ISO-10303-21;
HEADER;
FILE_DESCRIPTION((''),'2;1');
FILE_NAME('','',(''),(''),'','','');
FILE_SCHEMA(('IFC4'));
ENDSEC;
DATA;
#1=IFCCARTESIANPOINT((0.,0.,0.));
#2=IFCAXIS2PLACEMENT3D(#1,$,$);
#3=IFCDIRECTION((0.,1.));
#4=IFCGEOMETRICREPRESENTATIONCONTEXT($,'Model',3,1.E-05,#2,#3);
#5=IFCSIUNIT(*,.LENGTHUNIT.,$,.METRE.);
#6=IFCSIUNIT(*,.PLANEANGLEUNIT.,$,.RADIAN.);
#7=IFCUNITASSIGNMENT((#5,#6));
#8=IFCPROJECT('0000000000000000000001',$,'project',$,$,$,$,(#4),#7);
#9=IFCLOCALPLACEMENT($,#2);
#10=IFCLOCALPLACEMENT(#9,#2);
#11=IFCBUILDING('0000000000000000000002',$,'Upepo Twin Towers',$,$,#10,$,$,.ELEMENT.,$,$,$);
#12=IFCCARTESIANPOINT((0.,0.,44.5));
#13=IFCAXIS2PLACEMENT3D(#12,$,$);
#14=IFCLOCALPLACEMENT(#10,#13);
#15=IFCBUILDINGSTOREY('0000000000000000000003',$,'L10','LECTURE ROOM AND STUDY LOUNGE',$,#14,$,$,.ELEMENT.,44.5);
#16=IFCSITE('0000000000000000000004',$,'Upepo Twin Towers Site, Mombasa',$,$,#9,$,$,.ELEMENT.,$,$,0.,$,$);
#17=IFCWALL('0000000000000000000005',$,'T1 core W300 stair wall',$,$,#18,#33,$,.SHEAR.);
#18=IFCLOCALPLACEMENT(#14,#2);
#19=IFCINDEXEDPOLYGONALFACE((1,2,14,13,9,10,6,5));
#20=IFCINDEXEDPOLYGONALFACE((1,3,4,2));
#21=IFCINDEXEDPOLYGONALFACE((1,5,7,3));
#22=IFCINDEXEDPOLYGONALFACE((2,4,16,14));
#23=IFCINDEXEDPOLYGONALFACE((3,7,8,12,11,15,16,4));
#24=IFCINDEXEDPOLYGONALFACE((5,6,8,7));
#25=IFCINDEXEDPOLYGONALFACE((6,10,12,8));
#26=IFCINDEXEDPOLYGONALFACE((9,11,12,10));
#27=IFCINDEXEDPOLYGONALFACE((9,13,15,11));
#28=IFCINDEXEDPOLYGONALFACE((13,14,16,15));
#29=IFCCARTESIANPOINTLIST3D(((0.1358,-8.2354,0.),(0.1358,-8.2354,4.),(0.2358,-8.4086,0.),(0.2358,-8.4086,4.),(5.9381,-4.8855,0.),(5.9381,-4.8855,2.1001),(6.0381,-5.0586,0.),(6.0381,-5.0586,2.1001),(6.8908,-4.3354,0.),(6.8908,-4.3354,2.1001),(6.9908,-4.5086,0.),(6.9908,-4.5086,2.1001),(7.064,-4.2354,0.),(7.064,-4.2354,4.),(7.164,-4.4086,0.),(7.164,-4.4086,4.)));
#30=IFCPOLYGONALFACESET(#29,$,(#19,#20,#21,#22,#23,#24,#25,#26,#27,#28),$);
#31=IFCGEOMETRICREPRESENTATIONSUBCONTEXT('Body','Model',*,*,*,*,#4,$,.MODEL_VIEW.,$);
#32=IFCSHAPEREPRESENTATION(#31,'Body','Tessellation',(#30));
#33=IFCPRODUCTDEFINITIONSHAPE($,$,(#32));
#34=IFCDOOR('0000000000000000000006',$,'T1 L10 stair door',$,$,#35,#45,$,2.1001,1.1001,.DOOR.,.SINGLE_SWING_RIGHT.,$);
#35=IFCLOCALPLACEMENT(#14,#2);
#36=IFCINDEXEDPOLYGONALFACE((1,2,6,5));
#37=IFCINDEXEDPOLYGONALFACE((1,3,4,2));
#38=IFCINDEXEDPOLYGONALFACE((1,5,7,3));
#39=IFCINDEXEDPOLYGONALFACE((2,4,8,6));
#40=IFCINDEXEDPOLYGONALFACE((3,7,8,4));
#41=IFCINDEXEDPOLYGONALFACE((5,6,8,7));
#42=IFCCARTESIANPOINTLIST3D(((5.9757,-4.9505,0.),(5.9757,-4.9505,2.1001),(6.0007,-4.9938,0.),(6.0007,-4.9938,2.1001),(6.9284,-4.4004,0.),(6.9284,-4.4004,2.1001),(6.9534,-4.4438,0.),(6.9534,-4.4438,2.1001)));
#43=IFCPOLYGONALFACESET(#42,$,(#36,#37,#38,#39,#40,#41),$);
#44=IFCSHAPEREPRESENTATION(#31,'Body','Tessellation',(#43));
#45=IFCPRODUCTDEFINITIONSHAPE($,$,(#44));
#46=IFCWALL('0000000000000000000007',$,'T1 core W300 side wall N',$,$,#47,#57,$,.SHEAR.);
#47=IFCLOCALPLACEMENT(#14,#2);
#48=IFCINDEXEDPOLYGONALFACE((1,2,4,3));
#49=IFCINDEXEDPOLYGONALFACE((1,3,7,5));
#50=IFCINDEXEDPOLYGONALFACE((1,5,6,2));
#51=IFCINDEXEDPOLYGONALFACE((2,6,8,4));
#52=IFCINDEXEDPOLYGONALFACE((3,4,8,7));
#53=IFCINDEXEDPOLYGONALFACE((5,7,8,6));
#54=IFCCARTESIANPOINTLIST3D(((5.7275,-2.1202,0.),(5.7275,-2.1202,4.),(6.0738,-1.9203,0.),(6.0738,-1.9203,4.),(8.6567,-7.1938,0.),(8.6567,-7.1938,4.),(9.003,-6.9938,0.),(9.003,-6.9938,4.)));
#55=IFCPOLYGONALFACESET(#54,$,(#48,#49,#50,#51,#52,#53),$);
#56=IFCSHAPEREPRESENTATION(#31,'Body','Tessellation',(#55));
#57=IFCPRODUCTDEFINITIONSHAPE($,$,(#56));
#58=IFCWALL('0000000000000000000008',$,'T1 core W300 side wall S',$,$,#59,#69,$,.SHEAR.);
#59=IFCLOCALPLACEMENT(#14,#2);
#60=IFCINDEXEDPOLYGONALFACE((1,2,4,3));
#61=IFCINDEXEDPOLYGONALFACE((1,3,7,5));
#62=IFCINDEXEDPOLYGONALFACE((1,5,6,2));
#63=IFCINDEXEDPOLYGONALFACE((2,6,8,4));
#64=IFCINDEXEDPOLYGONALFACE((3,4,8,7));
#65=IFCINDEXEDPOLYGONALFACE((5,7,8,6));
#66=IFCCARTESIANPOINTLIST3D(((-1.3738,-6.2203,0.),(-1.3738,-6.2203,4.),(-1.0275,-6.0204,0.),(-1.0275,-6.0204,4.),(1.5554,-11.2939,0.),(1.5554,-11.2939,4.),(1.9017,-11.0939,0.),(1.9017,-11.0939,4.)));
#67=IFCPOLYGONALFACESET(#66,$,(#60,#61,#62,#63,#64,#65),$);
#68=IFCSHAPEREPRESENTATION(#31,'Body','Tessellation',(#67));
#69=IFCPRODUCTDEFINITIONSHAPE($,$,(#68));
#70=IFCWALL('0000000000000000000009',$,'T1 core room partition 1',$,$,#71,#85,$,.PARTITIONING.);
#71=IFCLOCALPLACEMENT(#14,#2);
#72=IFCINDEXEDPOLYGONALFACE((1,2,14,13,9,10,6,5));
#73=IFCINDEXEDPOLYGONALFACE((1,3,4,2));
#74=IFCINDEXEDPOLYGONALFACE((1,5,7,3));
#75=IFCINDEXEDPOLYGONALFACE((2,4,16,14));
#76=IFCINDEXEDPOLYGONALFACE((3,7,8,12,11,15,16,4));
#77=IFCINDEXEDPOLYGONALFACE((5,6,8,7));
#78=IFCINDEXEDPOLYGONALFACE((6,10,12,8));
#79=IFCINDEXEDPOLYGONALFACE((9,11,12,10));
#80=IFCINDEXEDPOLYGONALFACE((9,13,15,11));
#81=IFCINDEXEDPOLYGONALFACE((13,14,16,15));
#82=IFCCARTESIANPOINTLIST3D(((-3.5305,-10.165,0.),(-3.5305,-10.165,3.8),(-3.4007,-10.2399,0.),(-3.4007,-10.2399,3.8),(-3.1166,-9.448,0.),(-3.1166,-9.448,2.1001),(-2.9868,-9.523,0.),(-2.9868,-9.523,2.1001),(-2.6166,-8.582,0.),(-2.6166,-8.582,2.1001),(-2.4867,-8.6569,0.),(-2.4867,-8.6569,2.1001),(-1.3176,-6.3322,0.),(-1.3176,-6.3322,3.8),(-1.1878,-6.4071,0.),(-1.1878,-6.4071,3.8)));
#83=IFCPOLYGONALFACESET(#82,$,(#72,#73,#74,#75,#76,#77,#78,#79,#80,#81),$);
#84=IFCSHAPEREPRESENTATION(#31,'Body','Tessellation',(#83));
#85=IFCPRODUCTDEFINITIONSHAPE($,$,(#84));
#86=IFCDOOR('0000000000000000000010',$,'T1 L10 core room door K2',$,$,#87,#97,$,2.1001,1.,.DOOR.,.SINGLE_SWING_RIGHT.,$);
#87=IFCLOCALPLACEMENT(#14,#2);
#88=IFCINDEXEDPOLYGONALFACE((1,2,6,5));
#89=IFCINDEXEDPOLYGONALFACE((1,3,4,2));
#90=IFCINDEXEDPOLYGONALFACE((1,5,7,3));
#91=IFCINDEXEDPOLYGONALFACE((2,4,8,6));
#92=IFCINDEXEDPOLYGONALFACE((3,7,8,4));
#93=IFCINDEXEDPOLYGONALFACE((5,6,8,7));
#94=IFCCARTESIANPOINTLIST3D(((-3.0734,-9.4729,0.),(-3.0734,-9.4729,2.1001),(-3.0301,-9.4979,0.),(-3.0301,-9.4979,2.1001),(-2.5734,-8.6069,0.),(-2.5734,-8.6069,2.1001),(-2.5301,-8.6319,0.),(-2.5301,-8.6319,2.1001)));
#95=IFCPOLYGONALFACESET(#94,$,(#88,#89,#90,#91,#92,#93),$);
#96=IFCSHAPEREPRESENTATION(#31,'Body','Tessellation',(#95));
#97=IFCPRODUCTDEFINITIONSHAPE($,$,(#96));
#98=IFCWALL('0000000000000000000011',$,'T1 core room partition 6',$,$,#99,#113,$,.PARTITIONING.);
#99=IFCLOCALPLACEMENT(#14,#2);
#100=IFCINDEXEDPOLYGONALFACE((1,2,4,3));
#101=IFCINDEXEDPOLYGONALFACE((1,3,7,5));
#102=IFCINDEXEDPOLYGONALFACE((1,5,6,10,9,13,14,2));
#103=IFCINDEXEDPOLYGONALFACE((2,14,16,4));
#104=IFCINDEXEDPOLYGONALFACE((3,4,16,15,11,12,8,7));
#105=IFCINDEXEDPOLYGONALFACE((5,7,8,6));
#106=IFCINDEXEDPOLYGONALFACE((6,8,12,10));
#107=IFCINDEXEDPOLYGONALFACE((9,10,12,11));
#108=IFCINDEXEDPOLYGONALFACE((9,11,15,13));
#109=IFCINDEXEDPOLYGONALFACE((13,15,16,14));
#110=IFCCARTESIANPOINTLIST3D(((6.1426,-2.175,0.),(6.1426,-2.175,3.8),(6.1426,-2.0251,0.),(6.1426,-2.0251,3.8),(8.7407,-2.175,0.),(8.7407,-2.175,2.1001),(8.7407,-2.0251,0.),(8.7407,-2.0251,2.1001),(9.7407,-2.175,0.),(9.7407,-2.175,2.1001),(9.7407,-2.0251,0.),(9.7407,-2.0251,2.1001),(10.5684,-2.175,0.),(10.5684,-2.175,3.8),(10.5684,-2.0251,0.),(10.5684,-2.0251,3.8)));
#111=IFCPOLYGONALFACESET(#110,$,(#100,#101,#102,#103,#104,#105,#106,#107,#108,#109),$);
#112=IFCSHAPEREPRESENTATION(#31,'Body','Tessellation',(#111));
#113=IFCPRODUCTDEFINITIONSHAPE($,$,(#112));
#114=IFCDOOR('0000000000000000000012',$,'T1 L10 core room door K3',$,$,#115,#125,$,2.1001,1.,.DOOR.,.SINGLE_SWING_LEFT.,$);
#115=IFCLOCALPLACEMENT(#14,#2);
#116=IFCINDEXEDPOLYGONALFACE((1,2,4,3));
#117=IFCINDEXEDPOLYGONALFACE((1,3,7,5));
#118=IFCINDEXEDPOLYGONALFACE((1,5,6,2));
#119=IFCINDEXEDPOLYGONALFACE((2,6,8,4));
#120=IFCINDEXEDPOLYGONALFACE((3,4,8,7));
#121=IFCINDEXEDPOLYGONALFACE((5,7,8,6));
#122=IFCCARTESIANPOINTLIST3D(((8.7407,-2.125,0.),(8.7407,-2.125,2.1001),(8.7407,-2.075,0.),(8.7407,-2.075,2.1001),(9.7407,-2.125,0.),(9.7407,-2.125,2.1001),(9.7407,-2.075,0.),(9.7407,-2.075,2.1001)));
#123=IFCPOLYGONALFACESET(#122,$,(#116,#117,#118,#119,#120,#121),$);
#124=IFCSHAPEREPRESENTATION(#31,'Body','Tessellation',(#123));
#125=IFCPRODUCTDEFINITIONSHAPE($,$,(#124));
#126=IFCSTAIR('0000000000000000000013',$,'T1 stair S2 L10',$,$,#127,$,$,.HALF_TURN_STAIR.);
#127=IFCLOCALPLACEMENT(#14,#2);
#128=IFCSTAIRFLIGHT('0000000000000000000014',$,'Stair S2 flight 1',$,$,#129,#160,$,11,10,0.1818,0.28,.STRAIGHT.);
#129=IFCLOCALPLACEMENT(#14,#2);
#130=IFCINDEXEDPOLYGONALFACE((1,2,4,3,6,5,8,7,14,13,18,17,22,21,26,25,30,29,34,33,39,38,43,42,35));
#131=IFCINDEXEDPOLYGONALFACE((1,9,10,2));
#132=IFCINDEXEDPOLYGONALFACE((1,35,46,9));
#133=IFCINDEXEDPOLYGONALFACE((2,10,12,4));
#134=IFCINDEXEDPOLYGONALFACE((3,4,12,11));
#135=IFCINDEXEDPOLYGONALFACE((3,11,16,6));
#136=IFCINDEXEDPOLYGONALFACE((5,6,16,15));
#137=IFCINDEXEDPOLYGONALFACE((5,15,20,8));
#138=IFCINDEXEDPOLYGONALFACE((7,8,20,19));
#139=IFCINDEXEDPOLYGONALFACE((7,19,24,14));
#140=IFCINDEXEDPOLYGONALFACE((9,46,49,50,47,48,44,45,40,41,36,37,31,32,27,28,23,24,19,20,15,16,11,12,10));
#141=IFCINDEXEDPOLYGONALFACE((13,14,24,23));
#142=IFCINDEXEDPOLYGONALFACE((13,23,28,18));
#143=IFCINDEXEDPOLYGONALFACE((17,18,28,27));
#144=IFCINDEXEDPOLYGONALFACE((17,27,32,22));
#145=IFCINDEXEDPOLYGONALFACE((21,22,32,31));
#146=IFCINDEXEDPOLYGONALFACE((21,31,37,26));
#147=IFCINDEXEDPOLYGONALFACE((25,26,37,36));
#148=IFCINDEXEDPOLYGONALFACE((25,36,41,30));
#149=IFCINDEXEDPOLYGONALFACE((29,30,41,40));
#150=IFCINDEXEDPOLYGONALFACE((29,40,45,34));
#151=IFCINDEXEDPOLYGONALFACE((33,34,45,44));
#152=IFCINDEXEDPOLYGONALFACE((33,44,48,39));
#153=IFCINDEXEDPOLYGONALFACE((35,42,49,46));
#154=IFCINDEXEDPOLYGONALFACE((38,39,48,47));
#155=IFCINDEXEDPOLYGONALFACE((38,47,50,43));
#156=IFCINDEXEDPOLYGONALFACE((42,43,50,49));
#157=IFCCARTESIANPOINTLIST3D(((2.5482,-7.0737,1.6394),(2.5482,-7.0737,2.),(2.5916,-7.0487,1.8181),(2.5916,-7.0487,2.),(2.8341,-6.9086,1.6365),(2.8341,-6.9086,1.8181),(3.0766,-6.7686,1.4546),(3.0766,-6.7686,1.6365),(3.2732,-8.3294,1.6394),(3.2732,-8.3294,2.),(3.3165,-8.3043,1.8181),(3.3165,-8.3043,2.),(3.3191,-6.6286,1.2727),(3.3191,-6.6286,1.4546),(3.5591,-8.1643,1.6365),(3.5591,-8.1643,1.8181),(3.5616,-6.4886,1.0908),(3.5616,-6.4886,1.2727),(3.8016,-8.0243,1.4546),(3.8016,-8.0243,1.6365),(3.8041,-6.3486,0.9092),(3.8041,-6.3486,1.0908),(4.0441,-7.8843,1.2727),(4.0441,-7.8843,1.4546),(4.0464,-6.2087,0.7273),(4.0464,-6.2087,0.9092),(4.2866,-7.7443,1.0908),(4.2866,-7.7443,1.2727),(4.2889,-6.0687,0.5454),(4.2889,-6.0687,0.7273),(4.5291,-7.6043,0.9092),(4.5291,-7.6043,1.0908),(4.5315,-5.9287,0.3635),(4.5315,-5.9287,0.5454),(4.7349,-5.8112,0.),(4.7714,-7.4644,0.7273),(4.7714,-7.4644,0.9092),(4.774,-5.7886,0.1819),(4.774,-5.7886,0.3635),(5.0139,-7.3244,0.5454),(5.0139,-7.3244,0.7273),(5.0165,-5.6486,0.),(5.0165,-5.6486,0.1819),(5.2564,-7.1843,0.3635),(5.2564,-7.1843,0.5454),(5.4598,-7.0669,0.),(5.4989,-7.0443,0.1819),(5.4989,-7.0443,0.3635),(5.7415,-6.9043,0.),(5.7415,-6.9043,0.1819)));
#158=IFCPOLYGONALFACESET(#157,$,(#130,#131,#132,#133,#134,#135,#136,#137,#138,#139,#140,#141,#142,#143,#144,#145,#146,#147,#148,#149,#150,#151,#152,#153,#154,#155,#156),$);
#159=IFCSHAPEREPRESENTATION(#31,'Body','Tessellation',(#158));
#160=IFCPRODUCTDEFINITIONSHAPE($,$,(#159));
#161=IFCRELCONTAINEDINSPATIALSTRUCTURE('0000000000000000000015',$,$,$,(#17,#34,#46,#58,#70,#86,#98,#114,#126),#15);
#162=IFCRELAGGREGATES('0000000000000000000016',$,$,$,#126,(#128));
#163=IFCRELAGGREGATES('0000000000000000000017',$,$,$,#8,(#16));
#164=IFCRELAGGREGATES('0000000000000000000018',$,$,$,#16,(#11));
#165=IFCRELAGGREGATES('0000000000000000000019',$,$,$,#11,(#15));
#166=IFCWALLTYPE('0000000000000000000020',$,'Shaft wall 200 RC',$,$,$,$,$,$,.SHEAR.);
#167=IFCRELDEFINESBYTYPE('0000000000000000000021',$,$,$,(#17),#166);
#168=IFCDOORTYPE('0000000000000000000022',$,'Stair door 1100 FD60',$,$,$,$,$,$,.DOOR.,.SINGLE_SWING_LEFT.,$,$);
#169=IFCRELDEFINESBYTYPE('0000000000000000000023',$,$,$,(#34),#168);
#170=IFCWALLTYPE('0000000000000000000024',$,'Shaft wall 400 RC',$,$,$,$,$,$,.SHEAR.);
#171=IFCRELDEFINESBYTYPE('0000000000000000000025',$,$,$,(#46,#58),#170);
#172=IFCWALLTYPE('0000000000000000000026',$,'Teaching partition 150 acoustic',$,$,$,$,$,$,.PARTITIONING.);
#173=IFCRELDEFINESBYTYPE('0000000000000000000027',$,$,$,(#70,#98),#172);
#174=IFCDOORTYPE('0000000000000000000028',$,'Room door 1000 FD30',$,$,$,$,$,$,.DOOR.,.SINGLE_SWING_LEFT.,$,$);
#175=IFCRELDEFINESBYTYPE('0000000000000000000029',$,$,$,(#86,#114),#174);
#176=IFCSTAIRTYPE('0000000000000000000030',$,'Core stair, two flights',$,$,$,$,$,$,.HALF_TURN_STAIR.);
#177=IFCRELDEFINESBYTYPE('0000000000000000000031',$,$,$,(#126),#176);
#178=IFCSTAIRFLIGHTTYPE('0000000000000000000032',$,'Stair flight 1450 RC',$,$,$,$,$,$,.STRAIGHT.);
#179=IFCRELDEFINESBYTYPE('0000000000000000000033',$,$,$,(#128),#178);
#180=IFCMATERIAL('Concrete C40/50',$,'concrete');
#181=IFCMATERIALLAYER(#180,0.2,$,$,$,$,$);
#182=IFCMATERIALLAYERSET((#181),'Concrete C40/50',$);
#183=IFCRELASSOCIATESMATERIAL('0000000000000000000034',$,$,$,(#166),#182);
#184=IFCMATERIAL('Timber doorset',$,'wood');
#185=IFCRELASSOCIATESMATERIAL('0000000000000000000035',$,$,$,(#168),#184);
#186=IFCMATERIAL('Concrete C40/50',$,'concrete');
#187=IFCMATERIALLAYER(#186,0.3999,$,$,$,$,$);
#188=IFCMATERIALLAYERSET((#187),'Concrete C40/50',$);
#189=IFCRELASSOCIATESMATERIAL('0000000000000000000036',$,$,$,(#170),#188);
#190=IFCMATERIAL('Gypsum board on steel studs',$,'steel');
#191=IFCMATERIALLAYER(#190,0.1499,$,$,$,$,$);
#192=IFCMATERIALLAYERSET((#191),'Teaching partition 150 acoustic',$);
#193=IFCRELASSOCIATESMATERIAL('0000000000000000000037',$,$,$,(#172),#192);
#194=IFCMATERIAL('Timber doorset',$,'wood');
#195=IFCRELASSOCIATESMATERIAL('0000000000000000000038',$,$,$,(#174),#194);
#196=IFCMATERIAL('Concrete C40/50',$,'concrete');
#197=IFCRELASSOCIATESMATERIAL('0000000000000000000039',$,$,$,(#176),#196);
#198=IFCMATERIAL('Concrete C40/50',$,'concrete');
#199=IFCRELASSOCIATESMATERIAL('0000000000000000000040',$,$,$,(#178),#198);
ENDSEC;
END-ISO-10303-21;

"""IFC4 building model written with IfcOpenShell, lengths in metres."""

from ifc_helpers import new_model, si_unit, direction, frame, frame_2d, origin, place, context, subcontext, project, spatial, polyline, rectangle, outline, extrude, material, layer, layer_set, type_object, element, fill, aggregate, save


model = new_model("IFC4")

# Units and contexts
model_context = context("Model", 3, precision=1e-05, world=origin(), true_north=direction((0.0, 1.0)))
body_context = subcontext(model_context, "Body", "Model", "MODEL_VIEW")
ifc_project = project(units=[si_unit("LENGTHUNIT", "METRE"), si_unit("PLANEANGLEUNIT", "RADIAN")], contexts=[model_context])

# Site, building, storey
site_placement = place(None, origin())
site = spatial("IfcSite", under=ifc_project, at=site_placement, Name="Upepo Twin Towers Site, Mombasa", CompositionType="ELEMENT", RefElevation=0.0)
building_placement = place(site_placement, origin())
building = spatial("IfcBuilding", under=site, at=building_placement, Name="Upepo Twin Towers", CompositionType="ELEMENT")
storey_placement = place(building_placement, frame((0.0, 0.0, 44.5)))
storey = spatial("IfcBuildingStorey", under=building, at=storey_placement, Name="L10", Description="LECTURE ROOM AND STUDY LOUNGE", CompositionType="ELEMENT", Elevation=44.5)

# Shared definitions
ifc_material_1 = material(Name="Concrete C40/50", Category="concrete")
ifc_layer_1 = layer(ifc_material_1, 0.2)
ifc_layer_set_1 = layer_set([ifc_layer_1], Name="Concrete C40/50")
wall_type_1 = type_object("IfcWallType", Name="Shaft wall 200 RC", PredefinedType="SHEAR", material=ifc_layer_set_1)

# Wall, opening, door
wall_1_placement = place(storey_placement, frame((0.1858, -8.322, 0.0), z_axis=(0.0, 0.0, 1.0), x_axis=(0.866026, 0.499999, 0.0)))
wall_1 = element("IfcWall", 1, at=wall_1_placement, inside=storey, type_object=wall_type_1, Name="T1 core W300 stair wall", PredefinedType="SHEAR", context=body_context, shape_type="SweptSolid", body=[
    extrude(rectangle(XDim=8.0, YDim=0.2, at=frame_2d((4.0, 0.0))), origin(), (0.0, 0.0, 1.0), 4.0),
])
opening_1_placement = place(wall_1_placement, frame((6.7, 0.0, 0.0)))
opening_1 = element("IfcOpeningElement", 2, at=opening_1_placement, cuts=wall_1, PredefinedType="OPENING", context=body_context, shape_type="SweptSolid", body=[
    extrude(rectangle(XDim=1.1001, YDim=2.1001, at=frame_2d((0.55, 1.05))), frame((0.0, 0.1099, 0.0), z_axis=(0.0, -1.0, 0.0), x_axis=(1.0, 0.0, 0.0)), (0.0, 0.0, 1.0), 0.22),
])
ifc_material_2 = material(Name="Timber doorset", Category="wood")
door_type_1 = type_object("IfcDoorType", Name="Stair door 1100 FD60", OperationType="SINGLE_SWING_LEFT", PredefinedType="DOOR", material=ifc_material_2)
door_1_placement = place(opening_1_placement, origin())
door_1 = element("IfcDoor", 3, at=door_1_placement, inside=storey, type_object=door_type_1, Name="T1 L10 stair door", OperationType="SINGLE_SWING_RIGHT", OverallHeight=2.1001, OverallWidth=1.1001, PredefinedType="DOOR", context=body_context, shape_type="SweptSolid", body=[
    extrude(rectangle(XDim=1.1001, YDim=2.1001, at=frame_2d((0.55, 1.05))), frame((0.0, 0.0249, 0.0), z_axis=(0.0, -1.0, 0.0), x_axis=(1.0, 0.0, 0.0)), (0.0, 0.0, 1.0), 0.05),
])
fill(opening_1, door_1)

# Walls
ifc_material_3 = material(Name="Concrete C40/50", Category="concrete")
ifc_layer_2 = layer(ifc_material_3, 0.3999)
ifc_layer_set_2 = layer_set([ifc_layer_2], Name="Concrete C40/50")
wall_type_2 = type_object("IfcWallType", Name="Shaft wall 400 RC", PredefinedType="SHEAR", material=ifc_layer_set_2)
for number, where, z_axis, x_axis, name in (
    (4, (5.9006, -2.0203, 0.0), (0.0, 0.0, 1.0), (0.500003, -0.866024, 0.0), "T1 core W300 side wall N"),
    (5, (-1.2007, -6.1204, 0.0), (0.0, 0.0, 1.0), (0.500003, -0.866024, 0.0), "T1 core W300 side wall S"),
):
    element("IfcWall", number, at=place(storey_placement, frame(where, z_axis=z_axis, x_axis=x_axis)), inside=storey, type_object=wall_type_2, Name=name, PredefinedType="SHEAR", context=body_context, shape_type="SweptSolid", body=[
        extrude(rectangle(XDim=5.8584, YDim=0.3999, at=frame_2d((2.9292, 0.0))), origin(), (0.0, 0.0, 1.0), 4.0),
    ])

# Walls, openings, doors
ifc_material_4 = material(Name="Gypsum board on steel studs", Category="steel")
ifc_layer_3 = layer(ifc_material_4, 0.1499)
ifc_layer_set_3 = layer_set([ifc_layer_3], Name="Teaching partition 150 acoustic")
wall_type_3 = type_object("IfcWallType", Name="Teaching partition 150 acoustic", PredefinedType="PARTITIONING", material=ifc_layer_set_3)
wall_2_placement = place(storey_placement, frame((-1.2527, -6.3696, 0.0), z_axis=(0.0, 0.0, 1.0), x_axis=(-0.500007, -0.866021, 0.0)))
wall_2 = element("IfcWall", 6, at=wall_2_placement, inside=storey, type_object=wall_type_3, Name="T1 core room partition 1", PredefinedType="PARTITIONING", context=body_context, shape_type="SweptSolid", body=[
    extrude(rectangle(XDim=4.4258, YDim=0.1499, at=frame_2d((2.2129, 0.0))), origin(), (0.0, 0.0, 1.0), 3.8),
])
opening_2_placement = place(wall_2_placement, frame((2.5979, 0.0, 0.0)))
opening_2 = element("IfcOpeningElement", 7, at=opening_2_placement, cuts=wall_2, PredefinedType="OPENING", context=body_context, shape_type="SweptSolid", body=[
    extrude(rectangle(XDim=1.0, YDim=2.1001, at=frame_2d((0.5, 1.05))), frame((0.0, 0.085, 0.0), z_axis=(0.0, -1.0, 0.0), x_axis=(1.0, 0.0, 0.0)), (0.0, 0.0, 1.0), 0.1699),
])
ifc_material_5 = material(Name="Timber doorset", Category="wood")
door_type_2 = type_object("IfcDoorType", Name="Room door 1000 FD30", OperationType="SINGLE_SWING_LEFT", PredefinedType="DOOR", material=ifc_material_5)
door_2_placement = place(opening_2_placement, origin())
door_2 = element("IfcDoor", 8, at=door_2_placement, inside=storey, type_object=door_type_2, Name="T1 L10 core room door K2", OperationType="SINGLE_SWING_RIGHT", OverallHeight=2.1001, OverallWidth=1.0, PredefinedType="DOOR", context=body_context, shape_type="SweptSolid", body=[
    extrude(rectangle(XDim=1.0, YDim=2.1001, at=frame_2d((0.5, 1.05))), frame((0.0, 0.0249, 0.0), z_axis=(0.0, -1.0, 0.0), x_axis=(1.0, 0.0, 0.0)), (0.0, 0.0, 1.0), 0.05),
])
fill(opening_2, door_2)
wall_3_placement = place(storey_placement, frame((10.5684, -2.1001, 0.0), z_axis=(0.0, 0.0, 1.0), x_axis=(-1.0, 0.0, 0.0)))
wall_3 = element("IfcWall", 9, at=wall_3_placement, inside=storey, type_object=wall_type_3, Name="T1 core room partition 6", PredefinedType="PARTITIONING", context=body_context, shape_type="SweptSolid", body=[
    extrude(rectangle(XDim=4.4258, YDim=0.1499, at=frame_2d((2.2129, 0.0))), origin(), (0.0, 0.0, 1.0), 3.8),
])
opening_3_placement = place(wall_3_placement, frame((0.8276, 0.0, 0.0)))
opening_3 = element("IfcOpeningElement", 10, at=opening_3_placement, cuts=wall_3, PredefinedType="OPENING", context=body_context, shape_type="SweptSolid", body=[
    extrude(rectangle(XDim=1.0, YDim=2.1001, at=frame_2d((0.5, 1.05))), frame((0.0, 0.085, 0.0), z_axis=(0.0, -1.0, 0.0), x_axis=(1.0, 0.0, 0.0)), (0.0, 0.0, 1.0), 0.1699),
])
door_3_placement = place(opening_3_placement, origin())
door_3 = element("IfcDoor", 11, at=door_3_placement, inside=storey, type_object=door_type_2, Name="T1 L10 core room door K3", OperationType="SINGLE_SWING_LEFT", OverallHeight=2.1001, OverallWidth=1.0, PredefinedType="DOOR", context=body_context, shape_type="SweptSolid", body=[
    extrude(rectangle(XDim=1.0, YDim=2.1001, at=frame_2d((0.5, 1.05))), frame((0.0, 0.0249, 0.0), z_axis=(0.0, -1.0, 0.0), x_axis=(1.0, 0.0, 0.0)), (0.0, 0.0, 1.0), 0.05),
])
fill(opening_3, door_3)

# Stair, stair flight
ifc_material_6 = material(Name="Concrete C40/50", Category="concrete")
stair_type = type_object("IfcStairType", Name="Core stair, two flights", PredefinedType="HALF_TURN_STAIR", material=ifc_material_6)
stair_placement = place(storey_placement, origin())
stair = element("IfcStair", 12, at=stair_placement, inside=storey, type_object=stair_type, Name="T1 stair S2 L10", PredefinedType="HALF_TURN_STAIR")
ifc_material_7 = material(Name="Concrete C40/50", Category="concrete")
stair_flight_type = type_object("IfcStairFlightType", Name="Stair flight 1450 RC", PredefinedType="STRAIGHT", material=ifc_material_7)
stair_flight_1_placement = place(storey_placement, frame((5.3789, -6.2764, 0.0), z_axis=(0.0, 0.0, 1.0), x_axis=(-0.866025, -0.5, 0.0)))
stair_flight_1 = element("IfcStairFlight", 13, at=stair_flight_1_placement, type_object=stair_flight_type, Name="Stair S2 flight 1", NumberOfRisers=11, NumberOfTreads=10, PredefinedType="STRAIGHT", RiserHeight=0.1818, TreadLength=0.28, context=body_context, shape_type="SweptSolid", body=[
    extrude(outline(polyline([(0.0, 0.0), (0.0, 0.1819), (0.28, 0.1819), (0.28, 0.3635), (0.5601, 0.3635), (0.5601, 0.5454), (0.8401, 0.5454), (0.8401, 0.7273), (1.1201, 0.7273), (1.1201, 0.9092), (1.3999, 0.9092), (1.3999, 1.0908), (1.6799, 1.0908), (1.6799, 1.2727), (1.96, 1.2727), (1.96, 1.4546), (2.24, 1.4546), (2.24, 1.6365), (2.52, 1.6365), (2.52, 1.8181), (2.8, 1.8181), (2.8, 2.0), (2.8501, 2.0), (2.8501, 1.6394), (0.3252, 0.0), (0.0, 0.0)])), frame((0.0, 0.7251, 0.0), z_axis=(0.0, -1.0, 0.0), x_axis=(1.0, 0.0, 0.0)), (0.0, 0.0, 1.0), 1.45),
])
aggregate(stair, [stair_flight_1])

save(model, "model.ifc")
